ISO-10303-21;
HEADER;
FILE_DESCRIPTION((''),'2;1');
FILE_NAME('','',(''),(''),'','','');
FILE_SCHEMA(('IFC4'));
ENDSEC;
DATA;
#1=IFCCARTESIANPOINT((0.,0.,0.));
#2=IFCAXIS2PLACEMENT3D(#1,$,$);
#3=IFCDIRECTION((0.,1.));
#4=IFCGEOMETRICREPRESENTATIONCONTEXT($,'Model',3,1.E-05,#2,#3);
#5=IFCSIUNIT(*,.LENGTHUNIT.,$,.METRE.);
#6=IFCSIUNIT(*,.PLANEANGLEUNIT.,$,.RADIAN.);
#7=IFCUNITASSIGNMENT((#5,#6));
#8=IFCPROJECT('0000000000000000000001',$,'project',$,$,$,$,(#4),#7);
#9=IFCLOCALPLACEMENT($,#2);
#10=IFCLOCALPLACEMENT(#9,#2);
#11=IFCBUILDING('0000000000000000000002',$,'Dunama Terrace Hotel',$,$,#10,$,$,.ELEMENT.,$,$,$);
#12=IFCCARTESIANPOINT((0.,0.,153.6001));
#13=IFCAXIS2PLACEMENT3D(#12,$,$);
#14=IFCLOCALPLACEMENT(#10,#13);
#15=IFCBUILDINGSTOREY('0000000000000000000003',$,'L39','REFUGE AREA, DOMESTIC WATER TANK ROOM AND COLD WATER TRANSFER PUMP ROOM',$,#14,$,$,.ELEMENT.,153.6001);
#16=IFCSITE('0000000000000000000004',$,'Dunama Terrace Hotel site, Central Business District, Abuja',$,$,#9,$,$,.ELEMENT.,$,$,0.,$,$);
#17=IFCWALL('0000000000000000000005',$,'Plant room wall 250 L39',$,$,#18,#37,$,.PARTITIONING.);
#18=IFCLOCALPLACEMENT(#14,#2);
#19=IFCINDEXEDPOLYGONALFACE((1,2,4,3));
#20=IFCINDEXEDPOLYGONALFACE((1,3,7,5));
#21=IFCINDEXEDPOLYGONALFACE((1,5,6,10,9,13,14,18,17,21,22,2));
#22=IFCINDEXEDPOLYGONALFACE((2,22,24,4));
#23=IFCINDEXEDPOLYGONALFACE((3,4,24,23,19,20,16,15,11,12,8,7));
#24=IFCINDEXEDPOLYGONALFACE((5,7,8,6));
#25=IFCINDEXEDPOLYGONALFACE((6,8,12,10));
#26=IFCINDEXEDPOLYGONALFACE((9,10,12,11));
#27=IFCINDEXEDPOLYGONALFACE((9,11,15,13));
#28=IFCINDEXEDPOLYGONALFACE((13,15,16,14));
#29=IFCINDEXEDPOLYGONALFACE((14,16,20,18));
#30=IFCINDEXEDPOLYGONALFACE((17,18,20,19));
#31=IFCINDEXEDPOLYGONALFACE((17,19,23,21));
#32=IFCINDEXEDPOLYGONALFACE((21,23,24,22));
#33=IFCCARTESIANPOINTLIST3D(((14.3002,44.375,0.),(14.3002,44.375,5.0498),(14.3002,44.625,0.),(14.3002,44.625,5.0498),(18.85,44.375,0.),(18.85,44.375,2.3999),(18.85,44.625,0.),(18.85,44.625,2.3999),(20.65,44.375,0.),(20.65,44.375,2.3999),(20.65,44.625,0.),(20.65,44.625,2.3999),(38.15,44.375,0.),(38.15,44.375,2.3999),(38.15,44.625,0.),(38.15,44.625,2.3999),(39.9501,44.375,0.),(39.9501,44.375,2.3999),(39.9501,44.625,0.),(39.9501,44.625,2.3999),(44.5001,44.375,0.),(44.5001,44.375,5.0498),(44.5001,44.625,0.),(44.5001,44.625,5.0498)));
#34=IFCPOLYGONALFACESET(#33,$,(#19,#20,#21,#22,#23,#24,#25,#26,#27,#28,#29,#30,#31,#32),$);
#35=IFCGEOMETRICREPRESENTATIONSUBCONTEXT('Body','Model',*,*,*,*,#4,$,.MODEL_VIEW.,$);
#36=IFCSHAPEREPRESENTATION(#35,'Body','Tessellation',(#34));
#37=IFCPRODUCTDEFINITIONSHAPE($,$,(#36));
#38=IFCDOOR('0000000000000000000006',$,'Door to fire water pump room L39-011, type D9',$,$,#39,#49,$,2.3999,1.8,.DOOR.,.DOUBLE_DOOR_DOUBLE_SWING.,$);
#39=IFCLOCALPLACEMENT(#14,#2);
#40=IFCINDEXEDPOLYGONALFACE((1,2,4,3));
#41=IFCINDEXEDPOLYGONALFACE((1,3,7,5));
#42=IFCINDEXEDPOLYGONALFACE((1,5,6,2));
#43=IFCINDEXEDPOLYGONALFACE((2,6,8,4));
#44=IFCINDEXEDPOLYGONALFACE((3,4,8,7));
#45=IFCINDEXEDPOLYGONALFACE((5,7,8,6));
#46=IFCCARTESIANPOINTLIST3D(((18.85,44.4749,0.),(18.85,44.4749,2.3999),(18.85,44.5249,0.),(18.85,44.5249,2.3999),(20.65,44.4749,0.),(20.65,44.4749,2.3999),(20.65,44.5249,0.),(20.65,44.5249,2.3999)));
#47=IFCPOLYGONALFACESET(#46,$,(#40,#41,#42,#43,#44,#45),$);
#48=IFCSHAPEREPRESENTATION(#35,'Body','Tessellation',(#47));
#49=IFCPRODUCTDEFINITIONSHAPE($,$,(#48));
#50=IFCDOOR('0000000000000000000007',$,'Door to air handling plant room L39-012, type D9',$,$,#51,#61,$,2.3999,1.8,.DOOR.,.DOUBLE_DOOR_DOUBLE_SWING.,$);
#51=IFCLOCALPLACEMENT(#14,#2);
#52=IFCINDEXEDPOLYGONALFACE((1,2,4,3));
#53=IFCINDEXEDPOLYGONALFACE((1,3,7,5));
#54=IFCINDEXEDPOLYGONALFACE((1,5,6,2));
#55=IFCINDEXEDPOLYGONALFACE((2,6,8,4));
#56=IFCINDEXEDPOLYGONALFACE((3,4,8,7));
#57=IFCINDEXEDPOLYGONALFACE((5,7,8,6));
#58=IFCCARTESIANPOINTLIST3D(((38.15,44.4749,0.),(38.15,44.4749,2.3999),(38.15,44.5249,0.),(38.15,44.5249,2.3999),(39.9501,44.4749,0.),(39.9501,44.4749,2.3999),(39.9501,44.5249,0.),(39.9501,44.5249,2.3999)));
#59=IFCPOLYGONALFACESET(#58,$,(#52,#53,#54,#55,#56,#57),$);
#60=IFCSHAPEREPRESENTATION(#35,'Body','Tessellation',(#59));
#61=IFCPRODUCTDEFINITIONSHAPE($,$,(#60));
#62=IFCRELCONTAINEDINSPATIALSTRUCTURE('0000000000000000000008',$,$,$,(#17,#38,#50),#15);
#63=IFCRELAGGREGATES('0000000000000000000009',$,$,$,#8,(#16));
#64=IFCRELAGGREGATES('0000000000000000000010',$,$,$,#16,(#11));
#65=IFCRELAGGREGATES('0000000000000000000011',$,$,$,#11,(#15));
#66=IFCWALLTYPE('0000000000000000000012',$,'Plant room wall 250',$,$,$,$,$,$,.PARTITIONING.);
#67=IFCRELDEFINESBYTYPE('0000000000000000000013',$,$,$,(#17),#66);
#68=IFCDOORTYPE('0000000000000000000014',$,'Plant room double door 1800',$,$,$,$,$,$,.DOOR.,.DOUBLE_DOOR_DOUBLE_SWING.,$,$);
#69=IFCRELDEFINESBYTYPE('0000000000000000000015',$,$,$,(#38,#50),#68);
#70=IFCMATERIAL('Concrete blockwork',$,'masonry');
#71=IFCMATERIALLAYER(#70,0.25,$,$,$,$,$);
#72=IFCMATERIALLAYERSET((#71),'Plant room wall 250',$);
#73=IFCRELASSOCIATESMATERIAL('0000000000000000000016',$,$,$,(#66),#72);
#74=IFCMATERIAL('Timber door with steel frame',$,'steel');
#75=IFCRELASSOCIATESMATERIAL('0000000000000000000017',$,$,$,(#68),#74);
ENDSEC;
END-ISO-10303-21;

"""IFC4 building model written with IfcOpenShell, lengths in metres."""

from ifc_helpers import new_model, si_unit, direction, frame, frame_2d, origin, place, context, subcontext, project, spatial, rectangle, extrude, material, layer, layer_set, type_object, element, fill, save


model = new_model("IFC4")

# Units and contexts
model_context = context("Model", 3, precision=1e-05, world=origin(), true_north=direction((0.0, 1.0)))
body_context = subcontext(model_context, "Body", "Model", "MODEL_VIEW")
ifc_project = project(units=[si_unit("LENGTHUNIT", "METRE"), si_unit("PLANEANGLEUNIT", "RADIAN")], contexts=[model_context])

# Site, building, storey
site_placement = place(None, origin())
site = spatial("IfcSite", under=ifc_project, at=site_placement, Name="Dunama Terrace Hotel site, Central Business District, Abuja", CompositionType="ELEMENT", RefElevation=0.0)
building_placement = place(site_placement, origin())
building = spatial("IfcBuilding", under=site, at=building_placement, Name="Dunama Terrace Hotel", CompositionType="ELEMENT")
storey_placement = place(building_placement, frame((0.0, 0.0, 153.6001)))
storey = spatial("IfcBuildingStorey", under=building, at=storey_placement, Name="L39", Description="REFUGE AREA, DOMESTIC WATER TANK ROOM AND COLD WATER TRANSFER PUMP ROOM", CompositionType="ELEMENT", Elevation=153.6001)

# Wall, openings, doors
ifc_material_1 = material(Name="Concrete blockwork", Category="masonry")
ifc_layer_1 = layer(ifc_material_1, 0.25)
ifc_layer_set_1 = layer_set([ifc_layer_1], Name="Plant room wall 250")
wall_type = type_object("IfcWallType", Name="Plant room wall 250", PredefinedType="PARTITIONING", material=ifc_layer_set_1)
wall_placement = place(storey_placement, frame((14.3, 44.5, 0.0), z_axis=(0.0, 0.0, 1.0), x_axis=(1.0, 0.0, 0.0)))
wall = element("IfcWall", 1, at=wall_placement, inside=storey, type_object=wall_type, Name="Plant room wall 250 L39", PredefinedType="PARTITIONING", context=body_context, shape_type="SweptSolid", body=[
    extrude(rectangle(XDim=30.2, YDim=0.25, at=frame_2d((15.1001, 0.0))), origin(), (0.0, 0.0, 1.0), 5.0498),
])
opening_1_placement = place(wall_placement, frame((4.55, 0.0, 0.0)))
opening_1 = element("IfcOpeningElement", 2, at=opening_1_placement, cuts=wall, PredefinedType="OPENING", context=body_context, shape_type="SweptSolid", body=[
    extrude(rectangle(XDim=1.8, YDim=2.3999, at=frame_2d((0.8999, 1.2))), frame((0.0, 0.135, 0.0), z_axis=(0.0, -1.0, 0.0), x_axis=(1.0, 0.0, 0.0)), (0.0, 0.0, 1.0), 0.27),
])
opening_2_placement = place(wall_placement, frame((23.8501, 0.0, 0.0)))
opening_2 = element("IfcOpeningElement", 3, at=opening_2_placement, cuts=wall, PredefinedType="OPENING", context=body_context, shape_type="SweptSolid", body=[
    extrude(rectangle(XDim=1.8, YDim=2.3999, at=frame_2d((0.8999, 1.2))), frame((0.0, 0.135, 0.0), z_axis=(0.0, -1.0, 0.0), x_axis=(1.0, 0.0, 0.0)), (0.0, 0.0, 1.0), 0.27),
])
ifc_material_2 = material(Name="Timber door with steel frame", Category="steel")
door_type = type_object("IfcDoorType", Name="Plant room double door 1800", OperationType="DOUBLE_DOOR_DOUBLE_SWING", PredefinedType="DOOR", material=ifc_material_2)
door_1_placement = place(opening_1_placement, origin())
door_1 = element("IfcDoor", 4, at=door_1_placement, inside=storey, type_object=door_type, Name="Door to fire water pump room L39-011, type D9", OperationType="DOUBLE_DOOR_DOUBLE_SWING", OverallHeight=2.3999, OverallWidth=1.8, PredefinedType="DOOR", context=body_context, shape_type="SweptSolid", body=[
    extrude(rectangle(XDim=1.8, YDim=2.3999, at=frame_2d((0.8999, 1.2))), frame((0.0, 0.0249, 0.0), z_axis=(0.0, -1.0, 0.0), x_axis=(1.0, 0.0, 0.0)), (0.0, 0.0, 1.0), 0.05),
])
fill(opening_1, door_1)
door_2_placement = place(opening_2_placement, origin())
door_2 = element("IfcDoor", 5, at=door_2_placement, inside=storey, type_object=door_type, Name="Door to air handling plant room L39-012, type D9", OperationType="DOUBLE_DOOR_DOUBLE_SWING", OverallHeight=2.3999, OverallWidth=1.8, PredefinedType="DOOR", context=body_context, shape_type="SweptSolid", body=[
    extrude(rectangle(XDim=1.8, YDim=2.3999, at=frame_2d((0.8999, 1.2))), frame((0.0, 0.0249, 0.0), z_axis=(0.0, -1.0, 0.0), x_axis=(1.0, 0.0, 0.0)), (0.0, 0.0, 1.0), 0.05),
])
fill(opening_2, door_2)

save(model, "model.ifc")
